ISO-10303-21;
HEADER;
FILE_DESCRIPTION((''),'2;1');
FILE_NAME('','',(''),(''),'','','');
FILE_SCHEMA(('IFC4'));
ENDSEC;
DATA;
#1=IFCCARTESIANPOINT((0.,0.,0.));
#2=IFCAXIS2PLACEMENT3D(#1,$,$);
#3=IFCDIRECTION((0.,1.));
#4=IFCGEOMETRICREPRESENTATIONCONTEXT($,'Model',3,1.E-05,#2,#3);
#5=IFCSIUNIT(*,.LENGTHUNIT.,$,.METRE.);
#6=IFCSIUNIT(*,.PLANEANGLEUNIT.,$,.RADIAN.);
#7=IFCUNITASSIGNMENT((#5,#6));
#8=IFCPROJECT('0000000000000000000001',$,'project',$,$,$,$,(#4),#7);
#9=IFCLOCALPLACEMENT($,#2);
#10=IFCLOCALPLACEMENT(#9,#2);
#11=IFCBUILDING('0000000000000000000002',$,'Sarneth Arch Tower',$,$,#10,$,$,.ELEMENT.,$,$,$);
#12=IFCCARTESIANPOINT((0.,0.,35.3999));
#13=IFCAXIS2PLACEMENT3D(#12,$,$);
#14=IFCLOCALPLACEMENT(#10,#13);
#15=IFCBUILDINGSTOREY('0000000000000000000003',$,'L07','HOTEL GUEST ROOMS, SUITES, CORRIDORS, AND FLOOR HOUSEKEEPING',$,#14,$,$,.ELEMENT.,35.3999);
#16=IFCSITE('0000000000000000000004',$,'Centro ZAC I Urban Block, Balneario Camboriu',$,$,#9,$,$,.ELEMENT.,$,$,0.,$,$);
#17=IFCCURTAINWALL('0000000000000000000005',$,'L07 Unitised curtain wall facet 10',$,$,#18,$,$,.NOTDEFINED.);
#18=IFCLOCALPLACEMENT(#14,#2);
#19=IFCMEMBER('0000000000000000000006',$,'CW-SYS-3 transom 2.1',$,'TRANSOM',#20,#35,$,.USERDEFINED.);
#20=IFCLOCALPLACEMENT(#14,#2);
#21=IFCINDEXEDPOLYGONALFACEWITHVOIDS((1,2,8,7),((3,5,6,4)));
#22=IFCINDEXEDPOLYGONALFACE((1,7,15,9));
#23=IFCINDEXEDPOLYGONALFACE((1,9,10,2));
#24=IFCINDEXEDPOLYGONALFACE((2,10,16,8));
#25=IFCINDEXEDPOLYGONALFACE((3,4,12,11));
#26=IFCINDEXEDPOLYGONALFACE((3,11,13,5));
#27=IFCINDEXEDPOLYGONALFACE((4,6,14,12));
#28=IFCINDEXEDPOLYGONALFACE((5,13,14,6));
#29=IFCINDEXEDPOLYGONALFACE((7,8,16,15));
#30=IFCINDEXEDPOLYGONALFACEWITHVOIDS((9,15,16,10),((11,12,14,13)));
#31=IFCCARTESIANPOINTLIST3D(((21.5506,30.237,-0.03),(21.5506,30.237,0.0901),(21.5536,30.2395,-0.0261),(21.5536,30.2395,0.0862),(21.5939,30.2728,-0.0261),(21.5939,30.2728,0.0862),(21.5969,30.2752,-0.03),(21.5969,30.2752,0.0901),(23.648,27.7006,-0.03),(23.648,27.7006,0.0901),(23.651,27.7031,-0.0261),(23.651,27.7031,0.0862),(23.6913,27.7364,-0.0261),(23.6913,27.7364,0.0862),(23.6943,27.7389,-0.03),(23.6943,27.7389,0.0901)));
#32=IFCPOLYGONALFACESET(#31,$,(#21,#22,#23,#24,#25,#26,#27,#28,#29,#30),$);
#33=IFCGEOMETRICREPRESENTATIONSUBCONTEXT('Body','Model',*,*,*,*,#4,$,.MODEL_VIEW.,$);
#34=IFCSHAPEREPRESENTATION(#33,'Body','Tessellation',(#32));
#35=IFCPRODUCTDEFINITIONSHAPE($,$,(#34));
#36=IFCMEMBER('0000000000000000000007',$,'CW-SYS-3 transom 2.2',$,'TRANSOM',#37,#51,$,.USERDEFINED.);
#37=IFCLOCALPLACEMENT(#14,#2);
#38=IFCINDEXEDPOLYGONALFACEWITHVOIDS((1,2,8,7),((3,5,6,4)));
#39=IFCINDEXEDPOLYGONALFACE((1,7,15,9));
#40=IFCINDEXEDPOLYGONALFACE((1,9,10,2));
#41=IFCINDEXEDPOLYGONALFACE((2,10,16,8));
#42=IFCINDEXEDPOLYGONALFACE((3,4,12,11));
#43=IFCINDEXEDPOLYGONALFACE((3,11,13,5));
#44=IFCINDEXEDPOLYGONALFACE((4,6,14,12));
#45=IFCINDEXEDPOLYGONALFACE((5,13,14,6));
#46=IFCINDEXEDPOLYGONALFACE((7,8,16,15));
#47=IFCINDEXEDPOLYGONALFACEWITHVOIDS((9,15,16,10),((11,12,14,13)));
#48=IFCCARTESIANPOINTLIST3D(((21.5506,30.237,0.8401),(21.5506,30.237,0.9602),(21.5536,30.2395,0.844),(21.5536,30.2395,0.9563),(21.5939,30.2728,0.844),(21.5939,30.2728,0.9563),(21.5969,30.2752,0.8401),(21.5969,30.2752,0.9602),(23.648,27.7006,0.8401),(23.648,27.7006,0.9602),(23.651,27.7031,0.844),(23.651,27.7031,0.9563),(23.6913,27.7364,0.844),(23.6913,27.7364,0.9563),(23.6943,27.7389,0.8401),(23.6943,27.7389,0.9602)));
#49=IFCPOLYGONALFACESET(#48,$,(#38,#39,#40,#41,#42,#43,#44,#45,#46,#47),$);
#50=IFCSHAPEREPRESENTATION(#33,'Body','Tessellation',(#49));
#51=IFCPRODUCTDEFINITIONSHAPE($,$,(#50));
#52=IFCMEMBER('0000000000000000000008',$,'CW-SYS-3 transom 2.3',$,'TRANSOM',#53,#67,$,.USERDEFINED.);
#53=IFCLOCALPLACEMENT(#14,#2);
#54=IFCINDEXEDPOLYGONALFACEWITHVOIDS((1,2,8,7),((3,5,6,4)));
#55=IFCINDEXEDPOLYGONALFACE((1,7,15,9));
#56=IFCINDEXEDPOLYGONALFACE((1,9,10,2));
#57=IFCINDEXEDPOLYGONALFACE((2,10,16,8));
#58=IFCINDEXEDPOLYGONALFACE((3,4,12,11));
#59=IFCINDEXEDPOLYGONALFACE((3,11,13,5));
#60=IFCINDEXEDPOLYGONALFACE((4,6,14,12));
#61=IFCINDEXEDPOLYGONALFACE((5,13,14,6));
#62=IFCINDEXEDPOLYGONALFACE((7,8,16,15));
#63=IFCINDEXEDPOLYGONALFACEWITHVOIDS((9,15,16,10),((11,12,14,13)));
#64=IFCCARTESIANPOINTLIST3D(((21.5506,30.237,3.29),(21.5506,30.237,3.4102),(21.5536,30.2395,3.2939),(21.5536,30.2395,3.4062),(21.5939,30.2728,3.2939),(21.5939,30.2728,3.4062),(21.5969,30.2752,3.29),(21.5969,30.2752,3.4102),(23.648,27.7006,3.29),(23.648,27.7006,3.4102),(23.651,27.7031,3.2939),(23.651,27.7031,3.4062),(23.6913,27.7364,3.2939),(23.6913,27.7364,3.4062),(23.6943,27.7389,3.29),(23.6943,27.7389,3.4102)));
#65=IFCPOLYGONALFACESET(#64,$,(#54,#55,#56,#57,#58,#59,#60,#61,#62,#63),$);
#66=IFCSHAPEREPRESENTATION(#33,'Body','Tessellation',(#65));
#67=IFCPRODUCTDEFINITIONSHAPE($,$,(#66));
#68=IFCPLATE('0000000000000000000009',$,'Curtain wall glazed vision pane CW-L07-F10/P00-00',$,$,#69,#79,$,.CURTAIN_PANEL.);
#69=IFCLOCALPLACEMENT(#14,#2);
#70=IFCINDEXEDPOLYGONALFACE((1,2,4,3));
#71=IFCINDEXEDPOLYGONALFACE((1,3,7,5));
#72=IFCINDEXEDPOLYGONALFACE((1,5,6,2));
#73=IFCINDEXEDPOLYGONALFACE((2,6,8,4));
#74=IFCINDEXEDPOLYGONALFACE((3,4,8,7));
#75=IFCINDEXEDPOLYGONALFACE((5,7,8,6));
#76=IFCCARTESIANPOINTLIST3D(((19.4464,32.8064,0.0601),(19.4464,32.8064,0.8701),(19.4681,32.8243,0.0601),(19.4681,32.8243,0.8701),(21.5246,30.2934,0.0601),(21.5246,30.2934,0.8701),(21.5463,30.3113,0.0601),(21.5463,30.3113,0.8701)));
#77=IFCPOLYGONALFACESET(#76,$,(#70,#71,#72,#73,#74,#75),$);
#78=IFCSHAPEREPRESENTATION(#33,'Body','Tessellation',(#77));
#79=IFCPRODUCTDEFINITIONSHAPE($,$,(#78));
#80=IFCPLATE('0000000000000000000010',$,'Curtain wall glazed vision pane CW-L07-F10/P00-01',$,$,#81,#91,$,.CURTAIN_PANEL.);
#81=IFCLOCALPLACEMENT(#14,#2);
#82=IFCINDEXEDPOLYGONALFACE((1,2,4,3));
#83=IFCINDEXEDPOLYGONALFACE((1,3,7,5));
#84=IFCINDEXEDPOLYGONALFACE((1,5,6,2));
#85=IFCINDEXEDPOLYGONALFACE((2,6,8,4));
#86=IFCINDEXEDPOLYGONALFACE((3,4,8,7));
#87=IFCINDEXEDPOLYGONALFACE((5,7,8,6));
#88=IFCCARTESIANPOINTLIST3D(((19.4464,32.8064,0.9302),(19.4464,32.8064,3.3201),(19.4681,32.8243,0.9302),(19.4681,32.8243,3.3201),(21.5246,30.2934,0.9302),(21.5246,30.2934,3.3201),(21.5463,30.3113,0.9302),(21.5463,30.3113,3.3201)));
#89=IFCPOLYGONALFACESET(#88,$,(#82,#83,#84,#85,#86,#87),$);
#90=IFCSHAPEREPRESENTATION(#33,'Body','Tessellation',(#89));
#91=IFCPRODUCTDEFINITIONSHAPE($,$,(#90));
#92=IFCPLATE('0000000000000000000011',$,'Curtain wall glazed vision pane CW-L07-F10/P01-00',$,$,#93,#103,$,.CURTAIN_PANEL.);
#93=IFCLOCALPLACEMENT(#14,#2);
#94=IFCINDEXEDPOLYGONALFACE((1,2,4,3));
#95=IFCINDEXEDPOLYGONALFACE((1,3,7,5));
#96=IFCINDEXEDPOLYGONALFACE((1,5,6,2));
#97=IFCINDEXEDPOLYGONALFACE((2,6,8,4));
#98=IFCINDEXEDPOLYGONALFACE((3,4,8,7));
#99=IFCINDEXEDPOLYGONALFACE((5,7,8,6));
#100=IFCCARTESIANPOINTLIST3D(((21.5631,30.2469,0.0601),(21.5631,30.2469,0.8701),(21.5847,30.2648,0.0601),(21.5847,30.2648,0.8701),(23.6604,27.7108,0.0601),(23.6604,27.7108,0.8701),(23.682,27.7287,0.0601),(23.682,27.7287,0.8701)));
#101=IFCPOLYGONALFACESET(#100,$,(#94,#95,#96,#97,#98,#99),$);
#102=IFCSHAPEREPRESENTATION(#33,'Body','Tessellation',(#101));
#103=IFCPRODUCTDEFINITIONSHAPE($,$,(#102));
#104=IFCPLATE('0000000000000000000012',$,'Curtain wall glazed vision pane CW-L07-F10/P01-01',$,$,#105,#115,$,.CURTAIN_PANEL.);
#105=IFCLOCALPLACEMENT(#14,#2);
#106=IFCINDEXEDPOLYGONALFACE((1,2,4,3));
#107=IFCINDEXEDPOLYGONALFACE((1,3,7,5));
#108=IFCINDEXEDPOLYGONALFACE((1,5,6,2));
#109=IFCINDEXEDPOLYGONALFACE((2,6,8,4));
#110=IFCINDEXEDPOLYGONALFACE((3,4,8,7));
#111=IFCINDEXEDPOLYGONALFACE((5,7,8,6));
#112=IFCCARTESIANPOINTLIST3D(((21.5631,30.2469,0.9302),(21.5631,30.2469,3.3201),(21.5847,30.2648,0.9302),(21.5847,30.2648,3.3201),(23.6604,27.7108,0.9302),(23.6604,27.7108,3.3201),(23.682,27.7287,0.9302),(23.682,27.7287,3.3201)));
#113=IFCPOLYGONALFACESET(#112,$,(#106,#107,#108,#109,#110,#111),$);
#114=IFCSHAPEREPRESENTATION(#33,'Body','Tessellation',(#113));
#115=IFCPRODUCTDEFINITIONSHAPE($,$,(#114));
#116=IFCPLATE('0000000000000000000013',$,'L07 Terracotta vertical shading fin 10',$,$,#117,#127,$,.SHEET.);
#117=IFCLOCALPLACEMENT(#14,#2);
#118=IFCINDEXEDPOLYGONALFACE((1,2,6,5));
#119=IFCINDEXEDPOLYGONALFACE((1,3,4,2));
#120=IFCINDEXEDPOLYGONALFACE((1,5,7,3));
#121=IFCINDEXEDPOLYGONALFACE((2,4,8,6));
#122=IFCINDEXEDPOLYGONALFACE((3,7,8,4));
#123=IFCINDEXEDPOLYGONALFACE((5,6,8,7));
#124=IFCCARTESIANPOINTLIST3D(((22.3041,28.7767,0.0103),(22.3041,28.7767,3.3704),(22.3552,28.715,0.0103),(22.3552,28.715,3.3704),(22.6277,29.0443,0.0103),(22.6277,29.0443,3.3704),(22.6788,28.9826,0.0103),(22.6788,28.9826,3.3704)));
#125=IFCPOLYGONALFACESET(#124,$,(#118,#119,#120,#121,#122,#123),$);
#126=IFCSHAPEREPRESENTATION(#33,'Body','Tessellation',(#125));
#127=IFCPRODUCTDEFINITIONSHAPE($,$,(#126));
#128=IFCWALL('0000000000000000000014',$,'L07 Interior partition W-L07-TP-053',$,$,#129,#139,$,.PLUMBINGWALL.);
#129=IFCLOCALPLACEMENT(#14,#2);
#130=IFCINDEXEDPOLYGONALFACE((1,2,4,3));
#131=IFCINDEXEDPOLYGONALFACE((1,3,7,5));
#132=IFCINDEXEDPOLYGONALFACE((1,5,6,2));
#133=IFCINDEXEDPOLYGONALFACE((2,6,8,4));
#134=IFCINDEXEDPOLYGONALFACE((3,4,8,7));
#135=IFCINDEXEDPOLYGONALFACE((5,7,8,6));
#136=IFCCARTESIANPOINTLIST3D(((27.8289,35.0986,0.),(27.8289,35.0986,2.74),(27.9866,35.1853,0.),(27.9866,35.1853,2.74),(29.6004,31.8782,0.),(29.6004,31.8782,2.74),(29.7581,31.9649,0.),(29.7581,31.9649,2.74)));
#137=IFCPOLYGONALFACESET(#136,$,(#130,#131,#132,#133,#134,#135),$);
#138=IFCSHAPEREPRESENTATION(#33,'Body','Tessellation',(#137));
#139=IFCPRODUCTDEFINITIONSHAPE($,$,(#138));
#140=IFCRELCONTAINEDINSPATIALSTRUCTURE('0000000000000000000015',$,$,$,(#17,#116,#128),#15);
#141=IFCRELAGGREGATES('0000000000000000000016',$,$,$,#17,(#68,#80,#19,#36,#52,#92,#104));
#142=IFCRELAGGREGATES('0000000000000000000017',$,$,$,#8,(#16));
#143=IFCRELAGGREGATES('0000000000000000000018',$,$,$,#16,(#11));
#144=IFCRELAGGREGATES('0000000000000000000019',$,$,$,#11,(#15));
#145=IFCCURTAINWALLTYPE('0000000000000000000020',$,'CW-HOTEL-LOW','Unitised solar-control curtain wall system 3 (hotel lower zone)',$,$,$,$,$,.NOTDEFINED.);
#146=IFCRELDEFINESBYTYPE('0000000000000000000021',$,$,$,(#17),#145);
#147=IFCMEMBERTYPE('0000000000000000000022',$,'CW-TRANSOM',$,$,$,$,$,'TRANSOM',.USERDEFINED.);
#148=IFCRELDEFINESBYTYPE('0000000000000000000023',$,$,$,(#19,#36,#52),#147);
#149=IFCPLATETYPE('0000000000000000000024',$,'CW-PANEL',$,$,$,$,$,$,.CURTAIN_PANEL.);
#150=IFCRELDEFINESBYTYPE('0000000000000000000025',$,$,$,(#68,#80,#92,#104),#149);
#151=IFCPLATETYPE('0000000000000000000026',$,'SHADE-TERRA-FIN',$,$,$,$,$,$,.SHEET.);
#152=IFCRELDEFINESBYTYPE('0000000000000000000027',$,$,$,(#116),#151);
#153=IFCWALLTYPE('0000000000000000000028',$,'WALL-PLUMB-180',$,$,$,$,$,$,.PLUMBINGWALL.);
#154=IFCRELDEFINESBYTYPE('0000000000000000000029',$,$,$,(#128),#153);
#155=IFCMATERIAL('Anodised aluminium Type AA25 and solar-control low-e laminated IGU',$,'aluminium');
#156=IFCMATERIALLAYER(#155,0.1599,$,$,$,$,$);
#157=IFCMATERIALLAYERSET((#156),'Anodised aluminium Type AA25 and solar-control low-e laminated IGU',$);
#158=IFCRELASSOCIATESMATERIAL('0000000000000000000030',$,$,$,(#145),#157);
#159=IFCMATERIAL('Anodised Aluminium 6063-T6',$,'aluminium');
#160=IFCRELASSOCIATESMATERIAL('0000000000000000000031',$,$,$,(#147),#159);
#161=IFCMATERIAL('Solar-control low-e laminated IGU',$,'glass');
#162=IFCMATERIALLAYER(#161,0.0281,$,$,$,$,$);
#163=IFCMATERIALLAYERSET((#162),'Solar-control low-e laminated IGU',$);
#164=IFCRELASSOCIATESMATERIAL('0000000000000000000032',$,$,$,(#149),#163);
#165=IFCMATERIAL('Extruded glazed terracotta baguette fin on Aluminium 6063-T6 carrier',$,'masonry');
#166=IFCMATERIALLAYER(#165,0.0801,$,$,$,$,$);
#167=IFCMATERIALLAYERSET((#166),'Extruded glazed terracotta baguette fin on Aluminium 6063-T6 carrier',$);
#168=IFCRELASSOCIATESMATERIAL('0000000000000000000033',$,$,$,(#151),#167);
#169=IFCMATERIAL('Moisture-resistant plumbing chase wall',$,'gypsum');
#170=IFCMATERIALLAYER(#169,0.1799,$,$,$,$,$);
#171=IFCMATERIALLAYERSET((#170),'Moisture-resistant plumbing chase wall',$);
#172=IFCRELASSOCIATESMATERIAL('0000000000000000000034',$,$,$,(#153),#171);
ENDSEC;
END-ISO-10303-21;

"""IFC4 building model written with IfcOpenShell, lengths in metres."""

from ifc_helpers import new_model, si_unit, direction, frame, frame_2d, origin, origin_2d, place, context, subcontext, project, spatial, rectangle, hollow_rectangle, extrude, material, layer, layer_set, material_profile, profile_set, type_object, element, aggregate, save


model = new_model("IFC4")

# Units and contexts
model_context = context("Model", 3, precision=1e-05, world=origin(), true_north=direction((0.0, 1.0)))
body_context = subcontext(model_context, "Body", "Model", "MODEL_VIEW")
ifc_project = project(units=[si_unit("LENGTHUNIT", "METRE"), si_unit("PLANEANGLEUNIT", "RADIAN")], contexts=[model_context])

# Site, building, storey
site_placement = place(None, origin())
site = spatial("IfcSite", under=ifc_project, at=site_placement, Name="Centro ZAC I Urban Block, Balneario Camboriu", CompositionType="ELEMENT", RefElevation=0.0)
building_placement = place(site_placement, origin())
building = spatial("IfcBuilding", under=site, at=building_placement, Name="Sarneth Arch Tower", CompositionType="ELEMENT")
storey_placement = place(building_placement, frame((0.0, 0.0, 35.3999)))
storey = spatial("IfcBuildingStorey", under=building, at=storey_placement, Name="L07", Description="HOTEL GUEST ROOMS, SUITES, CORRIDORS, AND FLOOR HOUSEKEEPING", CompositionType="ELEMENT", Elevation=35.3999)

# Curtain wall, members, plates
ifc_material_1 = material(Name="Anodised aluminium Type AA25 and solar-control low-e laminated IGU", Category="aluminium")
ifc_layer_1 = layer(ifc_material_1, 0.1599)
ifc_layer_set_1 = layer_set([ifc_layer_1], Name="Anodised aluminium Type AA25 and solar-control low-e laminated IGU")
curtain_wall_type = type_object("IfcCurtainWallType", Name="CW-HOTEL-LOW", Description="Unitised solar-control curtain wall system 3 (hotel lower zone)", PredefinedType="NOTDEFINED", material=ifc_layer_set_1)
curtain_wall_placement = place(storey_placement, origin())
curtain_wall = element("IfcCurtainWall", 1, at=curtain_wall_placement, inside=storey, type_object=curtain_wall_type, Name="L07 Unitised curtain wall facet 10", PredefinedType="NOTDEFINED")
ifc_material_2 = material(Name="Anodised Aluminium 6063-T6", Category="aluminium")
ifc_material_profile_1 = material_profile(ifc_material_2, hollow_rectangle(XDim=0.0601, YDim=0.1201, WallThickness=0.0039, at=origin_2d()), Name="AL-TRAN-120x60x4")
ifc_profile_set_1 = profile_set([ifc_material_profile_1], Name="Anodised Aluminium 6063-T6")
member_type_1 = type_object("IfcMemberType", Name="CW-TRANSOM", ElementType="TRANSOM", PredefinedType="USERDEFINED", material=ifc_profile_set_1)
member_1_placement = place(storey_placement, frame((21.5737, 30.2561, 0.03), z_axis=(0.637269, -0.770642, 0.0), x_axis=(0.770642, 0.637269, 0.0)))
member_1 = element("IfcMember", 2, at=member_1_placement, type_object=member_type_1, Name="CW-SYS-3 transom 2.1", ObjectType="TRANSOM", PredefinedType="USERDEFINED", context=body_context, shape_type="SweptSolid", body=[
    extrude(hollow_rectangle(XDim=0.0601, YDim=0.1201, WallThickness=0.0039, at=origin_2d()), origin(), (0.0, 0.0, 1.0), 3.2913),
])
member_2_placement = place(storey_placement, frame((21.5737, 30.2561, 0.9001), z_axis=(0.637269, -0.770642, 0.0), x_axis=(0.770642, 0.637269, 0.0)))
member_2 = element("IfcMember", 3, at=member_2_placement, type_object=member_type_1, Name="CW-SYS-3 transom 2.2", ObjectType="TRANSOM", PredefinedType="USERDEFINED", context=body_context, shape_type="SweptSolid", body=[
    extrude(hollow_rectangle(XDim=0.0601, YDim=0.1201, WallThickness=0.0039, at=origin_2d()), origin(), (0.0, 0.0, 1.0), 3.2913),
])
member_3_placement = place(storey_placement, frame((21.5737, 30.2561, 3.3501), z_axis=(0.637269, -0.770642, 0.0), x_axis=(0.770642, 0.637269, 0.0)))
member_3 = element("IfcMember", 4, at=member_3_placement, type_object=member_type_1, Name="CW-SYS-3 transom 2.3", ObjectType="TRANSOM", PredefinedType="USERDEFINED", context=body_context, shape_type="SweptSolid", body=[
    extrude(hollow_rectangle(XDim=0.0601, YDim=0.1201, WallThickness=0.0039, at=origin_2d()), origin(), (0.0, 0.0, 1.0), 3.2913),
])
ifc_material_3 = material(Name="Solar-control low-e laminated IGU", Category="glass")
ifc_layer_2 = layer(ifc_material_3, 0.0281)
ifc_layer_set_2 = layer_set([ifc_layer_2], Name="Solar-control low-e laminated IGU")
plate_type_1 = type_object("IfcPlateType", Name="CW-PANEL", PredefinedType="CURTAIN_PANEL", material=ifc_layer_set_2)
plate_1_placement = place(storey_placement, frame((20.4963, 31.5588, 0.0601), z_axis=(0.0, 0.0, 1.0), x_axis=(0.637291, -0.770623, 0.0)))
plate_1 = element("IfcPlate", 5, at=plate_1_placement, type_object=plate_type_1, Name="Curtain wall glazed vision pane CW-L07-F10/P00-00", PredefinedType="CURTAIN_PANEL", context=body_context, shape_type="SweptSolid", body=[
    extrude(rectangle(XDim=3.261, YDim=0.0281, at=origin_2d()), origin(), (0.0, 0.0, 1.0), 0.8101),
])
plate_2_placement = place(storey_placement, frame((20.4963, 31.5588, 0.9302), z_axis=(0.0, 0.0, 1.0), x_axis=(0.637291, -0.770623, 0.0)))
plate_2 = element("IfcPlate", 6, at=plate_2_placement, type_object=plate_type_1, Name="Curtain wall glazed vision pane CW-L07-F10/P00-01", PredefinedType="CURTAIN_PANEL", context=body_context, shape_type="SweptSolid", body=[
    extrude(rectangle(XDim=3.261, YDim=0.0281, at=origin_2d()), origin(), (0.0, 0.0, 1.0), 2.3899),
])
plate_3_placement = place(storey_placement, frame((22.6226, 28.9878, 0.0601), z_axis=(0.0, 0.0, 1.0), x_axis=(0.637291, -0.770623, 0.0)))
plate_3 = element("IfcPlate", 7, at=plate_3_placement, type_object=plate_type_1, Name="Curtain wall glazed vision pane CW-L07-F10/P01-00", PredefinedType="CURTAIN_PANEL", context=body_context, shape_type="SweptSolid", body=[
    extrude(rectangle(XDim=3.291, YDim=0.0281, at=origin_2d()), origin(), (0.0, 0.0, 1.0), 0.8101),
])
plate_4_placement = place(storey_placement, frame((22.6226, 28.9878, 0.9302), z_axis=(0.0, 0.0, 1.0), x_axis=(0.637291, -0.770623, 0.0)))
plate_4 = element("IfcPlate", 8, at=plate_4_placement, type_object=plate_type_1, Name="Curtain wall glazed vision pane CW-L07-F10/P01-01", PredefinedType="CURTAIN_PANEL", context=body_context, shape_type="SweptSolid", body=[
    extrude(rectangle(XDim=3.291, YDim=0.0281, at=origin_2d()), origin(), (0.0, 0.0, 1.0), 2.3899),
])
aggregate(curtain_wall, [plate_1, plate_2, member_1, member_2, member_3, plate_3, plate_4])

# Plate
ifc_material_4 = material(Name="Extruded glazed terracotta baguette fin on Aluminium 6063-T6 carrier", Category="masonry")
ifc_layer_3 = layer(ifc_material_4, 0.0801)
ifc_layer_set_3 = layer_set([ifc_layer_3], Name="Extruded glazed terracotta baguette fin on Aluminium 6063-T6 carrier")
plate_type_2 = type_object("IfcPlateType", Name="SHADE-TERRA-FIN", PredefinedType="SHEET", material=ifc_layer_set_3)
plate_5_placement = place(storey_placement, frame((22.4915, 28.8796, 0.0103), z_axis=(0.0, 0.0, 1.0), x_axis=(-0.770624, -0.63729, 0.0)))
element("IfcPlate", 9, at=plate_5_placement, inside=storey, type_object=plate_type_2, Name="L07 Terracotta vertical shading fin 10", PredefinedType="SHEET", context=body_context, shape_type="SweptSolid", body=[
    extrude(rectangle(XDim=0.4199, YDim=0.0801, at=origin_2d()), origin(), (0.0, 0.0, 1.0), 3.3601),
])

# Wall
ifc_material_5 = material(Name="Moisture-resistant plumbing chase wall", Category="gypsum")
ifc_layer_4 = layer(ifc_material_5, 0.1799)
ifc_layer_set_4 = layer_set([ifc_layer_4], Name="Moisture-resistant plumbing chase wall")
wall_type = type_object("IfcWallType", Name="WALL-PLUMB-180", PredefinedType="PLUMBINGWALL", material=ifc_layer_set_4)
wall_placement = place(storey_placement, frame((27.9077, 35.1421, 0.0), z_axis=(0.0, 0.0, 1.0), x_axis=(0.481967, -0.876189, 0.0)))
element("IfcWall", 10, at=wall_placement, inside=storey, type_object=wall_type, Name="L07 Interior partition W-L07-TP-053", PredefinedType="PLUMBINGWALL", context=body_context, shape_type="SweptSolid", body=[
    extrude(rectangle(XDim=3.6755, YDim=0.1799, at=frame_2d((1.8379, 0.0))), origin(), (0.0, 0.0, 1.0), 2.74),
])

save(model, "model.ifc")
